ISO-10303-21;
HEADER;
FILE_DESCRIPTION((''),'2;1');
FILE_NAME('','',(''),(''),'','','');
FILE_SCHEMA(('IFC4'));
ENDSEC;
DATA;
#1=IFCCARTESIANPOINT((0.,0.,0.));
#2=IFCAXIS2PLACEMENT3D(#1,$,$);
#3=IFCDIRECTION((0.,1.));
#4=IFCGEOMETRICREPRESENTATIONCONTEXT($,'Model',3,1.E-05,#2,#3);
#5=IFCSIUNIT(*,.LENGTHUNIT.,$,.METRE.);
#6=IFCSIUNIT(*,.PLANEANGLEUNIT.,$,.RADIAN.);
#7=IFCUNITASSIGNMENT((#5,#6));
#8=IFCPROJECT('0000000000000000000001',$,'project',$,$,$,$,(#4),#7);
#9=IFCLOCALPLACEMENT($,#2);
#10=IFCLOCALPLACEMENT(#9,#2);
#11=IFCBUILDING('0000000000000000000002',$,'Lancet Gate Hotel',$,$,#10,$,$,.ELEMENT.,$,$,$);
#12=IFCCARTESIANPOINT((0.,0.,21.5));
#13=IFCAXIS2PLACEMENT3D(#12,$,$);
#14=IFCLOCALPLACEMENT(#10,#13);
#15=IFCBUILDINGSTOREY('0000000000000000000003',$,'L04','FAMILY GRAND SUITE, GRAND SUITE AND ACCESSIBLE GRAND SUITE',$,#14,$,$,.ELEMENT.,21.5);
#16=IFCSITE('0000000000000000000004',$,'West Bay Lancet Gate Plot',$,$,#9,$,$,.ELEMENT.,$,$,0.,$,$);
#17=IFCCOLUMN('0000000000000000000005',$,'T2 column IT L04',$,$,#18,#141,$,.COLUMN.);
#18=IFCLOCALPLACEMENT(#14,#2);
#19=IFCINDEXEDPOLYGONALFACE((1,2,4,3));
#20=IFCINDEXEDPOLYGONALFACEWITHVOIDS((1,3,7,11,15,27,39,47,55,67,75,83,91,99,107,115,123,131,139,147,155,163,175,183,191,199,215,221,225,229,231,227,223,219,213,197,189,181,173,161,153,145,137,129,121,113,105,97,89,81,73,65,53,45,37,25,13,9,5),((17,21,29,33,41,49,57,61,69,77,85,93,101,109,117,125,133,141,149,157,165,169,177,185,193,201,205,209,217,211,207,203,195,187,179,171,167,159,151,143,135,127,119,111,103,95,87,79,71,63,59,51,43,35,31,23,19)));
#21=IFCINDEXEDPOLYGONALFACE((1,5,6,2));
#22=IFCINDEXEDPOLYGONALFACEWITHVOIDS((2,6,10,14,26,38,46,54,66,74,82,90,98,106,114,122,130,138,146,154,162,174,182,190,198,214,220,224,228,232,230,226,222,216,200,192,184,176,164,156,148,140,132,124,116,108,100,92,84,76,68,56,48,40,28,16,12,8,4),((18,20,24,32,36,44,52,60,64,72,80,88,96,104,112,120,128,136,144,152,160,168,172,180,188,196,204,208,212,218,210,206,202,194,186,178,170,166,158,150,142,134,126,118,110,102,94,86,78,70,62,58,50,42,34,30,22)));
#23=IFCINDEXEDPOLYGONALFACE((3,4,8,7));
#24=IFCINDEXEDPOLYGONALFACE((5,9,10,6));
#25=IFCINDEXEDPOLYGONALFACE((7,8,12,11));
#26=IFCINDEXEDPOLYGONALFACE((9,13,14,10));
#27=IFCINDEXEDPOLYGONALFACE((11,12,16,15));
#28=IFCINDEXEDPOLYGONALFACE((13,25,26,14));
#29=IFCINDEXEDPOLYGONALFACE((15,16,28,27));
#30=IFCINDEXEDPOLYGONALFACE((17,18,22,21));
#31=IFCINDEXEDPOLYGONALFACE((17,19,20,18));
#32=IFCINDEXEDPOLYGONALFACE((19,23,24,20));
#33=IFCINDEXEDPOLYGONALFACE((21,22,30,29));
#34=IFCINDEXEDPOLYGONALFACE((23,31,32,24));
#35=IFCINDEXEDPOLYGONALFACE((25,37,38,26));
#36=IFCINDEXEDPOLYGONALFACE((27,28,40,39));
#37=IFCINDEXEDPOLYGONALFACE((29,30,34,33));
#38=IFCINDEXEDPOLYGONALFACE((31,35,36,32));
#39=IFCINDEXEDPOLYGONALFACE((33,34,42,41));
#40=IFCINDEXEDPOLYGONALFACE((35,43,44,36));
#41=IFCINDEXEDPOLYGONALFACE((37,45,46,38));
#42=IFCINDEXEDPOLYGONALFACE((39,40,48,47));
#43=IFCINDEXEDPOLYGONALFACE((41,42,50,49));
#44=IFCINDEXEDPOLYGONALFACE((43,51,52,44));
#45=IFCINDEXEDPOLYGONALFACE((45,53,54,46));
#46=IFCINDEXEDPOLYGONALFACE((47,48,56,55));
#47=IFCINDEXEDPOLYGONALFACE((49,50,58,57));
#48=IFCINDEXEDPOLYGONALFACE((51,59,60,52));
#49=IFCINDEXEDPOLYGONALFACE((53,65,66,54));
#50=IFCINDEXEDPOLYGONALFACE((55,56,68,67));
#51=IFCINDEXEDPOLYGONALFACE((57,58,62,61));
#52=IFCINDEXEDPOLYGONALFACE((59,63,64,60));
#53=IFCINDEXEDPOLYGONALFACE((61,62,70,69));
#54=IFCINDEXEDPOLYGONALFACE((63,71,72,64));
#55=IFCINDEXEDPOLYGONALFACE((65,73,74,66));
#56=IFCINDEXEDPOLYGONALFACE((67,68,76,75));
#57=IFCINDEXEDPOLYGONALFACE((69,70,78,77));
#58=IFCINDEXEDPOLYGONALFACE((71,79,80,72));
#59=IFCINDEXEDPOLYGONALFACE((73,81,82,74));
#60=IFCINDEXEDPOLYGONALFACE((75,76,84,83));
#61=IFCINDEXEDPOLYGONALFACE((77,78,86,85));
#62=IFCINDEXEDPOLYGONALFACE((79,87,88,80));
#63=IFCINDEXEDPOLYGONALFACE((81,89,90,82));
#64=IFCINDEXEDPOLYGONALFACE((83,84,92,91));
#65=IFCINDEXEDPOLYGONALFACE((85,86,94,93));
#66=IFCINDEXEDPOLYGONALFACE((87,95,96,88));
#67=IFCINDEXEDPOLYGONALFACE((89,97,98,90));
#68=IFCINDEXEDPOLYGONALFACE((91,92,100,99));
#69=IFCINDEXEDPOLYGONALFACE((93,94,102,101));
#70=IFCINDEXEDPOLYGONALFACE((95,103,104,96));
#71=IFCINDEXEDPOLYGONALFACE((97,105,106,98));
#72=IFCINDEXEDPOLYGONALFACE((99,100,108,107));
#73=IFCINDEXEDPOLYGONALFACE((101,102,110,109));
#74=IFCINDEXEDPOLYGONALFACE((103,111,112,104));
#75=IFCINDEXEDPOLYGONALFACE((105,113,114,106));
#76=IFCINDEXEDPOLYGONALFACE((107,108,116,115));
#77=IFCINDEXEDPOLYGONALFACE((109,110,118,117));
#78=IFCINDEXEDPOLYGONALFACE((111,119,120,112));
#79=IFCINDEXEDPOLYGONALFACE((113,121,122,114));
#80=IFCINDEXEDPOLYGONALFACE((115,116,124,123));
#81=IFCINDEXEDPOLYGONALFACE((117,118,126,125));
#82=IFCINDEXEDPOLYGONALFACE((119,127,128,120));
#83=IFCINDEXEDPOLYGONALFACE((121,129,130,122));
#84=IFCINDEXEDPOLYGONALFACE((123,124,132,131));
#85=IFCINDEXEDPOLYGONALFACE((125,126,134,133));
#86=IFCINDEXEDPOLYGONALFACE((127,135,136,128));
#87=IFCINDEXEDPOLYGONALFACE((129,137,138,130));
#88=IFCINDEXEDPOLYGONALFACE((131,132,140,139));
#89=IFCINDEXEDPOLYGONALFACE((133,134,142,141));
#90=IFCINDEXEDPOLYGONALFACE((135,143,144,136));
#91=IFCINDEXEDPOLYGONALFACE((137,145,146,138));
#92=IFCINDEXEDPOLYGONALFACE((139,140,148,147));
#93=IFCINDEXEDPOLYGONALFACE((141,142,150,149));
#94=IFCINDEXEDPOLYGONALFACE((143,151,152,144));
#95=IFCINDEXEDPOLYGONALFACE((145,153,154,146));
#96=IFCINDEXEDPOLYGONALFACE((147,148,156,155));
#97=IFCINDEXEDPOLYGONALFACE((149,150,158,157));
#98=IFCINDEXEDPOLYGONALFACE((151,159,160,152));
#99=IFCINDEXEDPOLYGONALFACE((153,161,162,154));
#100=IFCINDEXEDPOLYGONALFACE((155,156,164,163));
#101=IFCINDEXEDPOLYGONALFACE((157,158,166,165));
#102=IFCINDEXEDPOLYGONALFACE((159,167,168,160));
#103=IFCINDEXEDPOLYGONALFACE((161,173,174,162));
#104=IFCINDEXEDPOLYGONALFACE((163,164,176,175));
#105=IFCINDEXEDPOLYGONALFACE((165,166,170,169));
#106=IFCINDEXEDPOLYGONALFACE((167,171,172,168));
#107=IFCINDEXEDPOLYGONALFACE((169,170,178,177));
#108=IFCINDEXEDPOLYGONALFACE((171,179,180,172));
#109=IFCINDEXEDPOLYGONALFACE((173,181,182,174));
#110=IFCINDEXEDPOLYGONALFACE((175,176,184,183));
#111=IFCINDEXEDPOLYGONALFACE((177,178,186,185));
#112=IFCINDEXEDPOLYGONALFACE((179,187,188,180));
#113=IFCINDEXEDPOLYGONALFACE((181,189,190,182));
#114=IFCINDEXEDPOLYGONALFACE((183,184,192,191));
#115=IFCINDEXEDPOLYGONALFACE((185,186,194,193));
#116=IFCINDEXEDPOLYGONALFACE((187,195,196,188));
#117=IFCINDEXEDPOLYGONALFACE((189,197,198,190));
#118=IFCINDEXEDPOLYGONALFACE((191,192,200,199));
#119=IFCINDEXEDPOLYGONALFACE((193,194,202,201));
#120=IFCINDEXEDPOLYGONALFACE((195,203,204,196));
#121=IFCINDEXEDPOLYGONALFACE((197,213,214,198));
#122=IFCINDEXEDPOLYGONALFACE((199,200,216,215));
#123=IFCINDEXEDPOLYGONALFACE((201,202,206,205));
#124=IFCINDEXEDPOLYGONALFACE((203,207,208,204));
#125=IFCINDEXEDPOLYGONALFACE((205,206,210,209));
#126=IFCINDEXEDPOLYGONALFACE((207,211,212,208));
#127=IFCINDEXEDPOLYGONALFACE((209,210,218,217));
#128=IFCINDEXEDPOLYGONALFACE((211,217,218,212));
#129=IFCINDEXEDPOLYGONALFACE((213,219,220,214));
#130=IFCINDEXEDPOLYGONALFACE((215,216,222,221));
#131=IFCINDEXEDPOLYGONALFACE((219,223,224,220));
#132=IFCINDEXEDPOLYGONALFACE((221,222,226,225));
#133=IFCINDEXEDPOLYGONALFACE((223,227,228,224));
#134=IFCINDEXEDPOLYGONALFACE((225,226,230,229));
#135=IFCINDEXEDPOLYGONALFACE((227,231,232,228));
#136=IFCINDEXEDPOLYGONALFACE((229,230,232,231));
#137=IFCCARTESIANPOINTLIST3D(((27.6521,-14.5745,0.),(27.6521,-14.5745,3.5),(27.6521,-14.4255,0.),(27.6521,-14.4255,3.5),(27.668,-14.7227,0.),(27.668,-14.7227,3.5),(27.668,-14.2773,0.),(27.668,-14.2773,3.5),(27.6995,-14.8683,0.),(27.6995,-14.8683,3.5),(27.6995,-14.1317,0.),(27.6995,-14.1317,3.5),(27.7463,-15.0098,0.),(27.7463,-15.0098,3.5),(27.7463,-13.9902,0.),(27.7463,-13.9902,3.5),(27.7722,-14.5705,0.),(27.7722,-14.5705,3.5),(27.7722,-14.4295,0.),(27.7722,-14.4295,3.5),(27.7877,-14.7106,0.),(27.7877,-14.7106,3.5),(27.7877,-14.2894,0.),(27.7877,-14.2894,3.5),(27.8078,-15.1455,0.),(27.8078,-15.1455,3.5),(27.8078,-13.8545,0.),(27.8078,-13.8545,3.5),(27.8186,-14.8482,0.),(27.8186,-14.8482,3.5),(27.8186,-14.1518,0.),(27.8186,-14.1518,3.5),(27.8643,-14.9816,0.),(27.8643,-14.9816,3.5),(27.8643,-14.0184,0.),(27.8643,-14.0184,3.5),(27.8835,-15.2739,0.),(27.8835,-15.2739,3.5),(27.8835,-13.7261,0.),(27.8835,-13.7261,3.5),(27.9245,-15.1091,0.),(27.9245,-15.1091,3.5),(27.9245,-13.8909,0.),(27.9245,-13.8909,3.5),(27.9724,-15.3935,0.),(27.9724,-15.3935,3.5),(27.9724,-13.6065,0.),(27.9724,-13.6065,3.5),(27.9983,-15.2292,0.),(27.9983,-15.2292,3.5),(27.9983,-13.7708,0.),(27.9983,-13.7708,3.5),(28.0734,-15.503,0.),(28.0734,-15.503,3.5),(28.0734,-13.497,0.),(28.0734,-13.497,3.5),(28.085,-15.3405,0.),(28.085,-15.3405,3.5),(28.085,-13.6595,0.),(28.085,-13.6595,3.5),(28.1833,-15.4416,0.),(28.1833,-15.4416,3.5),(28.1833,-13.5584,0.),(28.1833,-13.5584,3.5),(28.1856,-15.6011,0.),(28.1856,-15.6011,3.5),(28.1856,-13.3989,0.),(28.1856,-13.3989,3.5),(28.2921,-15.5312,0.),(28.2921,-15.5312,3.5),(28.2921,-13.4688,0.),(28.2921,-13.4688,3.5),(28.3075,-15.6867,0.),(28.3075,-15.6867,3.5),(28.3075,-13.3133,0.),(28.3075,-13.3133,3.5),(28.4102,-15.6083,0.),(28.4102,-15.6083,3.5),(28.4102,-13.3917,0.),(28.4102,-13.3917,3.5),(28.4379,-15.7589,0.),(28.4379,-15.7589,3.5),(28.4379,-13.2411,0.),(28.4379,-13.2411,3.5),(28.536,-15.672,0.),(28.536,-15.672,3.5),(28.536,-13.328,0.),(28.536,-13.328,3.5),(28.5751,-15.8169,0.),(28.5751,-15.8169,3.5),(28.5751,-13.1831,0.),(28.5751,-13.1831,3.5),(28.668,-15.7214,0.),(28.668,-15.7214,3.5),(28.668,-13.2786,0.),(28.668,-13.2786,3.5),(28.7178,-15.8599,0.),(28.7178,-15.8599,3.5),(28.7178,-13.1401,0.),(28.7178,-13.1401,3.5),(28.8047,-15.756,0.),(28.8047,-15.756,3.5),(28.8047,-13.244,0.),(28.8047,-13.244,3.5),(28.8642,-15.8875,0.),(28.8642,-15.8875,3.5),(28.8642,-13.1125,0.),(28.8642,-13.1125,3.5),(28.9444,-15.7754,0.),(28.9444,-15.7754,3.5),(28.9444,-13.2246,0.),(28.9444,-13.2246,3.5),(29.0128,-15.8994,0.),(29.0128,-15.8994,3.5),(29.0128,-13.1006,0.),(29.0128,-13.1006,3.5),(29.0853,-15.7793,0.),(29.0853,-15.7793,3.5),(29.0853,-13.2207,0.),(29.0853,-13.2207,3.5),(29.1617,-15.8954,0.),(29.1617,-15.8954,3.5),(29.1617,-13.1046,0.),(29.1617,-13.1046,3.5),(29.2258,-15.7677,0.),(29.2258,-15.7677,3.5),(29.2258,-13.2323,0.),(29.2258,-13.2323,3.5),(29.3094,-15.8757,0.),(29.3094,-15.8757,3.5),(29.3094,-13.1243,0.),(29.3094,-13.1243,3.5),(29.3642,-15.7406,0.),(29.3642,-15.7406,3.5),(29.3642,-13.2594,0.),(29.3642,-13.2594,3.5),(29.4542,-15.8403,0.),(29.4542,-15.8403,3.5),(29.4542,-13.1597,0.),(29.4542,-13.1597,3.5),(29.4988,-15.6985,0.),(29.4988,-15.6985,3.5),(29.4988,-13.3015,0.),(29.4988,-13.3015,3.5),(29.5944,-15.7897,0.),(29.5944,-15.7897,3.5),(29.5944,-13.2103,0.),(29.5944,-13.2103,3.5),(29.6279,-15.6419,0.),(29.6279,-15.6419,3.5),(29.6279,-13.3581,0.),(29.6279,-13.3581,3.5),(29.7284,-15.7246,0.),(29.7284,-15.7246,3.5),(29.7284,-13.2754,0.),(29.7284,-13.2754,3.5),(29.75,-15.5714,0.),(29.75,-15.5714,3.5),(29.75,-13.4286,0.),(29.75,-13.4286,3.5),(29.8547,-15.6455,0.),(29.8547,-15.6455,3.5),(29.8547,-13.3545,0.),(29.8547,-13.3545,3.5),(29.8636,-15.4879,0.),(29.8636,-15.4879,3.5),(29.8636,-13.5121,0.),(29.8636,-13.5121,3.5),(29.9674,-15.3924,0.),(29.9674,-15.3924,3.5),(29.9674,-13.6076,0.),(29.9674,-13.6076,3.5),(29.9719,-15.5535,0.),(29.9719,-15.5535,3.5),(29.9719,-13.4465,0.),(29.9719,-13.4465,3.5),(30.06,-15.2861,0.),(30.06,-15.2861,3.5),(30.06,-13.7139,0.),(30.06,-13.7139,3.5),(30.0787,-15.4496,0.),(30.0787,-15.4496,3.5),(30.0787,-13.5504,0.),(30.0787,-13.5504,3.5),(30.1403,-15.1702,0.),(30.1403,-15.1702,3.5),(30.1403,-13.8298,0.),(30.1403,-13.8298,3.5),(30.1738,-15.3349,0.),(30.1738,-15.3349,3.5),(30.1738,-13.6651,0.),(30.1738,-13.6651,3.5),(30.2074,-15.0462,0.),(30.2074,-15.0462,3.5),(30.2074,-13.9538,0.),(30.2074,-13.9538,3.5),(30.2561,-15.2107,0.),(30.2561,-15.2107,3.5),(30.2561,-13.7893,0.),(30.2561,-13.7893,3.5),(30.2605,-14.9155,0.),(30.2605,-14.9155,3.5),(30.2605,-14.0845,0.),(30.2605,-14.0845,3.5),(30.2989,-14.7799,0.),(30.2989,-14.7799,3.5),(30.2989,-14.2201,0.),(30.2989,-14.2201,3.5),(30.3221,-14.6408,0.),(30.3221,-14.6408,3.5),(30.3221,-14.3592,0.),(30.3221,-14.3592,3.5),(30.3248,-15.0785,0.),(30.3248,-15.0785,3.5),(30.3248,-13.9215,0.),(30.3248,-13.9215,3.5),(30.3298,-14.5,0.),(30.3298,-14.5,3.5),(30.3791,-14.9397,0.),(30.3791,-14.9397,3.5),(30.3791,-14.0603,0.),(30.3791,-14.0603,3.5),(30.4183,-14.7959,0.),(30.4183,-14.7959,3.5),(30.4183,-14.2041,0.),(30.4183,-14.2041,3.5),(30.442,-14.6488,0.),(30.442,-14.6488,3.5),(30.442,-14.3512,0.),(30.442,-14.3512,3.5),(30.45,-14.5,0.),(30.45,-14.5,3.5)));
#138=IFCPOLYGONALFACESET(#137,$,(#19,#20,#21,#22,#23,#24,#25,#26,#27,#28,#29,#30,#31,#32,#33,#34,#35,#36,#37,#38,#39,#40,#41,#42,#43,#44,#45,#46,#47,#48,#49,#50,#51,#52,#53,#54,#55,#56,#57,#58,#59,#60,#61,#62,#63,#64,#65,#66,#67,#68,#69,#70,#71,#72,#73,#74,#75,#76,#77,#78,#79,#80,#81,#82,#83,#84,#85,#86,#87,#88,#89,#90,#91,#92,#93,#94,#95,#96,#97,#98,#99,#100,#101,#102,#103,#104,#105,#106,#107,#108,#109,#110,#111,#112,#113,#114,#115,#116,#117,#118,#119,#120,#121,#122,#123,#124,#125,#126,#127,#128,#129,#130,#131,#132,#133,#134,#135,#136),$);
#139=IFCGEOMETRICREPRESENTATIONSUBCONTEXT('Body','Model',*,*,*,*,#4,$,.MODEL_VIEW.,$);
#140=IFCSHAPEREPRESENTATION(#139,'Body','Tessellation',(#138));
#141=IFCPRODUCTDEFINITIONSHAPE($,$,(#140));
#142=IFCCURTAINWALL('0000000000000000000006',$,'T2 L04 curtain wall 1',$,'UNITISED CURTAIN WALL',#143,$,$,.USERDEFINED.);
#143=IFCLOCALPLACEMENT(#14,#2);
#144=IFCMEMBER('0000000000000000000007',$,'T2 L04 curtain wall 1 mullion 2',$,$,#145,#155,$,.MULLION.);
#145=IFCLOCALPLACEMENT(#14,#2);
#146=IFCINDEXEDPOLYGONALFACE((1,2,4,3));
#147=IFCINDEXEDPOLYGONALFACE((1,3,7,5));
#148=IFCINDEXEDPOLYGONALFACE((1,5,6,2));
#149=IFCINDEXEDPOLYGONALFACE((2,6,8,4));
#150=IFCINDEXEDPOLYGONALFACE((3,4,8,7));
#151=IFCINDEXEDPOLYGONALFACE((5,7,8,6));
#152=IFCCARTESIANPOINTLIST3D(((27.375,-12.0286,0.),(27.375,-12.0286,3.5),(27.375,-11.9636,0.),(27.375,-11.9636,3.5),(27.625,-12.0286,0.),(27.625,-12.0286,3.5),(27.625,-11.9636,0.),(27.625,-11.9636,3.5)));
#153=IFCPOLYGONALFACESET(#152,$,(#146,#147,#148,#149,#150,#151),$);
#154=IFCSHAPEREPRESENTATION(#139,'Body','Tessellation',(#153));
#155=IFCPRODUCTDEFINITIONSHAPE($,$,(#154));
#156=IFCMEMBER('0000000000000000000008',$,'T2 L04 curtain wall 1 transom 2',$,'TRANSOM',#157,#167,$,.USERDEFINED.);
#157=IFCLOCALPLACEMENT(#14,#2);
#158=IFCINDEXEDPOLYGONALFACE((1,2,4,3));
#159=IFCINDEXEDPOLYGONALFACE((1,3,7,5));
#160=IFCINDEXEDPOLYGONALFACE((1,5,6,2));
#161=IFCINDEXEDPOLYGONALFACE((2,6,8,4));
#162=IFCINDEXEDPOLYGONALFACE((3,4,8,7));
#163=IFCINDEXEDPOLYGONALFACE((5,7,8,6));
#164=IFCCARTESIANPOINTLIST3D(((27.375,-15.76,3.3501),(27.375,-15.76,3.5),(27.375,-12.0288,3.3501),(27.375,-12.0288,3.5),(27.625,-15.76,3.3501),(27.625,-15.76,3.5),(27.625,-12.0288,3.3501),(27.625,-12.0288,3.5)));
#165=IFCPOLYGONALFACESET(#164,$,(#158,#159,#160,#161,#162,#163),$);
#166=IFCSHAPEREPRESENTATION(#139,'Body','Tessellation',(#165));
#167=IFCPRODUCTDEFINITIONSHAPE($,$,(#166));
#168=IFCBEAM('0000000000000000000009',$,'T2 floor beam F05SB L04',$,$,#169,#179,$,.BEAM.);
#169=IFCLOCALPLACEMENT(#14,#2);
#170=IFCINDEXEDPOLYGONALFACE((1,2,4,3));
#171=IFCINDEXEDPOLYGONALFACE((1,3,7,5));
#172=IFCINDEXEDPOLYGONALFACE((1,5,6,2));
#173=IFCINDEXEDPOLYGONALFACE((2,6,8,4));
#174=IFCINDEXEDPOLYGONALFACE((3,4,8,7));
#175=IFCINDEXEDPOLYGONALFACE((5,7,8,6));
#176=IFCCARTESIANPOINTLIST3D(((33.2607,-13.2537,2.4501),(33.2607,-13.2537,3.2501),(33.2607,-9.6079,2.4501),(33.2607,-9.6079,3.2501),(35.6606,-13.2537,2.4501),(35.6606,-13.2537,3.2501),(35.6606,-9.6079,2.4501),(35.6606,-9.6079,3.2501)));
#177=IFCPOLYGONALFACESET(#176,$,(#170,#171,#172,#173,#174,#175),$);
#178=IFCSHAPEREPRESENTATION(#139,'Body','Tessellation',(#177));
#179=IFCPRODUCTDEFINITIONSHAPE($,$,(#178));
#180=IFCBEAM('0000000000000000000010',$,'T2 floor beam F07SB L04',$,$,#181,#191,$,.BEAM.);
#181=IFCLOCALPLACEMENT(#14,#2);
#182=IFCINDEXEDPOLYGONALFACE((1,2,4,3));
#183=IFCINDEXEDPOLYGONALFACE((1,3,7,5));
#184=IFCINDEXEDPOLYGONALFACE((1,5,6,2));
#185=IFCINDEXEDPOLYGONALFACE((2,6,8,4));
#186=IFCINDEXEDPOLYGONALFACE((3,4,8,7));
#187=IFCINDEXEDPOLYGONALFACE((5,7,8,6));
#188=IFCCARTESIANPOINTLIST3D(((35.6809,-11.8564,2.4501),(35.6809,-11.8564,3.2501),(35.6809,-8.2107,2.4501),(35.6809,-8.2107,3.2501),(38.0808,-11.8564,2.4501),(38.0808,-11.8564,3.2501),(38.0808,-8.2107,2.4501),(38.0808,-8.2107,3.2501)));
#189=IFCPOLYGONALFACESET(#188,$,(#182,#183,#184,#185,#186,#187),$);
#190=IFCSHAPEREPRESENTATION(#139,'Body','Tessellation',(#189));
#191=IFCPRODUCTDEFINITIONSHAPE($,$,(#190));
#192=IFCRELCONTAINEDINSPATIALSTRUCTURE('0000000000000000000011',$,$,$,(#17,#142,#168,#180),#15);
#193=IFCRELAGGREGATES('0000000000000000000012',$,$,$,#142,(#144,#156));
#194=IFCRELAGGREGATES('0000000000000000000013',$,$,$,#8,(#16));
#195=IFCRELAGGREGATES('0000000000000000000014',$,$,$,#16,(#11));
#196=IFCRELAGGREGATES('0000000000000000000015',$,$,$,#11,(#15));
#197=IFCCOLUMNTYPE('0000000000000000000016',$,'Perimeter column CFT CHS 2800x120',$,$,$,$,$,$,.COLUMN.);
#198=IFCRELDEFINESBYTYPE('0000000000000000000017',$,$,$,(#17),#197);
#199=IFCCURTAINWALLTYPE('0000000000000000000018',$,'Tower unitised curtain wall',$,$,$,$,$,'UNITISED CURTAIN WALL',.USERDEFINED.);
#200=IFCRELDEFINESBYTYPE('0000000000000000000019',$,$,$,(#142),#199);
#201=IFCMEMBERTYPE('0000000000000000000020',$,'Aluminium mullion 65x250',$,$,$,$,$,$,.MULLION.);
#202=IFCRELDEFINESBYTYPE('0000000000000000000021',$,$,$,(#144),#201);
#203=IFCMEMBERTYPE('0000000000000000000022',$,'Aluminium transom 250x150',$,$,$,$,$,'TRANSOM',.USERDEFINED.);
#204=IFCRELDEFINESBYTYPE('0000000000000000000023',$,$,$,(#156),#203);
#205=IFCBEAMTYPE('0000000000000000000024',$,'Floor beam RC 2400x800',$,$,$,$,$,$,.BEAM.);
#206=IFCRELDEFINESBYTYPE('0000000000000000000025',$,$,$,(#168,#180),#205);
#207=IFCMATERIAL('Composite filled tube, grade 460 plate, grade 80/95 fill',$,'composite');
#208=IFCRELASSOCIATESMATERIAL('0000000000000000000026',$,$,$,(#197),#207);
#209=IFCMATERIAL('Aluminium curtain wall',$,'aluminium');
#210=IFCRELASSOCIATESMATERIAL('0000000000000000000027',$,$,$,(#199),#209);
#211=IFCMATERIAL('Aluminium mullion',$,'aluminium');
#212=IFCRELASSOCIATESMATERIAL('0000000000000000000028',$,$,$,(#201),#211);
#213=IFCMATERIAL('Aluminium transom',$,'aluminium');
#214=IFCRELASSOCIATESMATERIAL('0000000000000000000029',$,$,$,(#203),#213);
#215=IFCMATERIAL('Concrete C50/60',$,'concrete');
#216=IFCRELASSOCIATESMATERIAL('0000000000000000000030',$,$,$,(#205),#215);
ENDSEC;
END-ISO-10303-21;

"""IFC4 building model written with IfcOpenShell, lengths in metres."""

from ifc_helpers import new_model, si_unit, direction, frame, origin, origin_2d, place, context, subcontext, project, spatial, rectangle, hollow_circle, extrude, material, material_profile, profile_set, type_object, element, aggregate, save


model = new_model("IFC4")

# Units and contexts
model_context = context("Model", 3, precision=1e-05, world=origin(), true_north=direction((0.0, 1.0)))
body_context = subcontext(model_context, "Body", "Model", "MODEL_VIEW")
ifc_project = project(units=[si_unit("LENGTHUNIT", "METRE"), si_unit("PLANEANGLEUNIT", "RADIAN")], contexts=[model_context])

# Site, building, storey
site_placement = place(None, origin())
site = spatial("IfcSite", under=ifc_project, at=site_placement, Name="West Bay Lancet Gate Plot", CompositionType="ELEMENT", RefElevation=0.0)
building_placement = place(site_placement, origin())
building = spatial("IfcBuilding", under=site, at=building_placement, Name="Lancet Gate Hotel", CompositionType="ELEMENT")
storey_placement = place(building_placement, frame((0.0, 0.0, 21.5)))
storey = spatial("IfcBuildingStorey", under=building, at=storey_placement, Name="L04", Description="FAMILY GRAND SUITE, GRAND SUITE AND ACCESSIBLE GRAND SUITE", CompositionType="ELEMENT", Elevation=21.5)

# Column
ifc_material_1 = material(Name="Composite filled tube, grade 460 plate, grade 80/95 fill", Category="composite")
ifc_material_profile_1 = material_profile(ifc_material_1, hollow_circle(Radius=1.3999, WallThickness=0.1201, at=origin_2d()), Name="CHS 2800x120")
ifc_profile_set_1 = profile_set([ifc_material_profile_1], Name="Composite filled tube, grade 460 plate, grade 80/95 fill")
column_type = type_object("IfcColumnType", Name="Perimeter column CFT CHS 2800x120", PredefinedType="COLUMN", material=ifc_profile_set_1)
for number, where, z_axis, x_axis, name in (
    (1, (29.05, -14.5, 0.0), (0.0, 0.0, 1.0), (1.0, 0.0, 0.0), "T2 column IT L04"),
):
    element("IfcColumn", number, at=place(storey_placement, frame(where, z_axis=z_axis, x_axis=x_axis)), inside=storey, type_object=column_type, Name=name, PredefinedType="COLUMN", context=body_context, shape_type="SweptSolid", body=[
        extrude(hollow_circle(Radius=1.3999, WallThickness=0.1201, at=origin_2d()), origin(), (0.0, 0.0, 1.0), 3.5),
    ])

# Curtain wall, members
ifc_material_2 = material(Name="Aluminium curtain wall", Category="aluminium")
curtain_wall_type = type_object("IfcCurtainWallType", Name="Tower unitised curtain wall", ElementType="UNITISED CURTAIN WALL", PredefinedType="USERDEFINED", material=ifc_material_2)
curtain_wall_placement = place(storey_placement, origin())
curtain_wall = element("IfcCurtainWall", 2, at=curtain_wall_placement, inside=storey, type_object=curtain_wall_type, Name="T2 L04 curtain wall 1", ObjectType="UNITISED CURTAIN WALL", PredefinedType="USERDEFINED")
ifc_material_3 = material(Name="Aluminium mullion", Category="aluminium")
ifc_material_profile_2 = material_profile(ifc_material_3, rectangle(XDim=0.0649, YDim=0.25, at=origin_2d()), Name="MULLION 65x250")
ifc_profile_set_2 = profile_set([ifc_material_profile_2], Name="Aluminium mullion")
member_type_1 = type_object("IfcMemberType", Name="Aluminium mullion 65x250", PredefinedType="MULLION", material=ifc_profile_set_2)
member_1_placement = place(storey_placement, frame((27.5, -11.9961, 0.0), z_axis=(0.0, 0.0, 1.0), x_axis=(0.0, -1.0, 0.0)))
member_1 = element("IfcMember", 3, at=member_1_placement, type_object=member_type_1, Name="T2 L04 curtain wall 1 mullion 2", PredefinedType="MULLION", context=body_context, shape_type="SweptSolid", body=[
    extrude(rectangle(XDim=0.0649, YDim=0.25, at=origin_2d()), origin(), (0.0, 0.0, 1.0), 3.5),
])
ifc_material_4 = material(Name="Aluminium transom", Category="aluminium")
ifc_material_profile_3 = material_profile(ifc_material_4, rectangle(XDim=0.25, YDim=0.1499, at=origin_2d()), Name="TRANSOM 250x150")
ifc_profile_set_3 = profile_set([ifc_material_profile_3], Name="Aluminium transom")
member_type_2 = type_object("IfcMemberType", Name="Aluminium transom 250x150", ElementType="TRANSOM", PredefinedType="USERDEFINED", material=ifc_profile_set_3)
member_2_placement = place(storey_placement, frame((27.5, -12.0288, 3.425), z_axis=(0.0, -1.0, 0.0), x_axis=(1.0, 0.0, 0.0)))
member_2 = element("IfcMember", 4, at=member_2_placement, type_object=member_type_2, Name="T2 L04 curtain wall 1 transom 2", ObjectType="TRANSOM", PredefinedType="USERDEFINED", context=body_context, shape_type="SweptSolid", body=[
    extrude(rectangle(XDim=0.25, YDim=0.1499, at=origin_2d()), origin(), (0.0, 0.0, 1.0), 3.7312),
])

# Beams
ifc_material_5 = material(Name="Concrete C50/60", Category="concrete")
ifc_material_profile_4 = material_profile(ifc_material_5, rectangle(XDim=2.3999, YDim=0.8, at=origin_2d()), Name="RC 2400x800")
ifc_profile_set_4 = profile_set([ifc_material_profile_4], Name="Concrete C50/60")
beam_type_1 = type_object("IfcBeamType", Name="Floor beam RC 2400x800", PredefinedType="BEAM", material=ifc_profile_set_4)
for number, where, z_axis, x_axis, name in (
    (5, (34.4607, -13.2537, 2.8501), (0.0, 1.0, 0.0), (-1.0, 0.0, 0.0), "T2 floor beam F05SB L04"),
    (6, (36.8809, -11.8564, 2.8501), (0.0, 1.0, 0.0), (-1.0, 0.0, 0.0), "T2 floor beam F07SB L04"),
):
    element("IfcBeam", number, at=place(storey_placement, frame(where, z_axis=z_axis, x_axis=x_axis)), inside=storey, type_object=beam_type_1, Name=name, PredefinedType="BEAM", context=body_context, shape_type="SweptSolid", body=[
        extrude(rectangle(XDim=2.3999, YDim=0.8, at=origin_2d()), origin(), (0.0, 0.0, 1.0), 3.6458),
    ])

aggregate(curtain_wall, [member_1, member_2])

save(model, "model.ifc")
